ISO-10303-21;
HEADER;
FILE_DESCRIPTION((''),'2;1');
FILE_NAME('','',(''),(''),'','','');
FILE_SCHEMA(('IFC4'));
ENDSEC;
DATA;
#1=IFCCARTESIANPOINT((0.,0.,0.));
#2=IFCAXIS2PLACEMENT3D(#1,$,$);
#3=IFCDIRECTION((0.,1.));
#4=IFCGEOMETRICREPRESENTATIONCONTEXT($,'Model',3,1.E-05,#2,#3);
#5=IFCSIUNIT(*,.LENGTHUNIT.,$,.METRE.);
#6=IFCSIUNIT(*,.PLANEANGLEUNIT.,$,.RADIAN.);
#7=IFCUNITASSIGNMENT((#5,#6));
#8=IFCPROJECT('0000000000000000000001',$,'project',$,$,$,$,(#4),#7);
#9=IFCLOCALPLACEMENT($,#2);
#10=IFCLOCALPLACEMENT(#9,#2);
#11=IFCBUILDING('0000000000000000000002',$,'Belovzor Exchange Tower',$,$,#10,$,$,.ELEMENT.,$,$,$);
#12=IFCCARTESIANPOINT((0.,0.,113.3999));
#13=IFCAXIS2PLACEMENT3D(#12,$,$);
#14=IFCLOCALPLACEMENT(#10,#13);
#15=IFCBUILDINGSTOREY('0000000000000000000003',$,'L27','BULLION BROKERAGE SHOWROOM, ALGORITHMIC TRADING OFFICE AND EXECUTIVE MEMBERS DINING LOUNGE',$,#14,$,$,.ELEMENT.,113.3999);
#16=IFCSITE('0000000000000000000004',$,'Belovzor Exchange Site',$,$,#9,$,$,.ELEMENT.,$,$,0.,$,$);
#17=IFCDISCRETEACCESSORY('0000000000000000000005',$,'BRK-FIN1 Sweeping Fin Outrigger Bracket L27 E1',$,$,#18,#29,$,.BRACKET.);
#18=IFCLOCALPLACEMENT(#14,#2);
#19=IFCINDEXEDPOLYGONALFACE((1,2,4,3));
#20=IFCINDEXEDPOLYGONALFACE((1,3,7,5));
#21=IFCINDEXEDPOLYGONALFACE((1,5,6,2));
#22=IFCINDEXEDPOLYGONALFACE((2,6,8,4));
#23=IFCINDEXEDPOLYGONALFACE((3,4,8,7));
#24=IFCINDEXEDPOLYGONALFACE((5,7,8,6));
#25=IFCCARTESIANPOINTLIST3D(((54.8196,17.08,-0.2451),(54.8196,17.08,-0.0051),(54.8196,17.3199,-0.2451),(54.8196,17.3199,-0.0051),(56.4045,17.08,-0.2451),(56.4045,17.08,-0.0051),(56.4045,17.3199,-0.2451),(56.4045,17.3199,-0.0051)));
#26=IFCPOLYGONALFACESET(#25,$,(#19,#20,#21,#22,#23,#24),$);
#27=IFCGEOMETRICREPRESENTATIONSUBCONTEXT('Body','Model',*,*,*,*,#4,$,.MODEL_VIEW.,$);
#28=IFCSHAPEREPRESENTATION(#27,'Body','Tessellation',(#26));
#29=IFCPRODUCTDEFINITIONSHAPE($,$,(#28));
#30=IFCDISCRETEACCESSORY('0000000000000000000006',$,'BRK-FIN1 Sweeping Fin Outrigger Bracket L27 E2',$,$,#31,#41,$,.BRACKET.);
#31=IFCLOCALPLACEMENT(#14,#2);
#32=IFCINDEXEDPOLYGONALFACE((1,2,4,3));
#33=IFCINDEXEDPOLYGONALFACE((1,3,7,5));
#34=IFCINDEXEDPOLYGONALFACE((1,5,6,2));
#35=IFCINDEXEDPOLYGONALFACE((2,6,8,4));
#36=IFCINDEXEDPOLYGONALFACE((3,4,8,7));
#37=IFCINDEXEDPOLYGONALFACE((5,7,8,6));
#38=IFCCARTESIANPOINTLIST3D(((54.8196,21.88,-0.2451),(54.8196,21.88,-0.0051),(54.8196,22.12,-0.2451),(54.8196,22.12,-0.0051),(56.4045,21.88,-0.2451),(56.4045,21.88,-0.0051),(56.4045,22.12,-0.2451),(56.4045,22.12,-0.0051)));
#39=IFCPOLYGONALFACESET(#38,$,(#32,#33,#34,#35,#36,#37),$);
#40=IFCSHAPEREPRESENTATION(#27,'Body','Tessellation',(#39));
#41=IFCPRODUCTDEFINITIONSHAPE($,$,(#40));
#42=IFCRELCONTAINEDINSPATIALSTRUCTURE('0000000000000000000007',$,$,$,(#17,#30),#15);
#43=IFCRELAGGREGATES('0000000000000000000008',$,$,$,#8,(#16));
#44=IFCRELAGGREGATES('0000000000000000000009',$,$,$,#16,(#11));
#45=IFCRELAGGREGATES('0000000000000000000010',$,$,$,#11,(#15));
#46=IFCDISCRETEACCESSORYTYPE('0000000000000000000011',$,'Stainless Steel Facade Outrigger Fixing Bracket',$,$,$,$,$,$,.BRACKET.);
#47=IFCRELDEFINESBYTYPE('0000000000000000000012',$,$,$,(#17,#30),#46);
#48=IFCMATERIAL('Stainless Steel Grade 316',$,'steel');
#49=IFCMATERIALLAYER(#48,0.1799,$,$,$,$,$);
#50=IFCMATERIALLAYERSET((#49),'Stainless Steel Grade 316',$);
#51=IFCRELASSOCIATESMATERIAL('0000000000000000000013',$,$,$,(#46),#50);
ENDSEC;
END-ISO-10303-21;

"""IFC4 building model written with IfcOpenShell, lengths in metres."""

from ifc_helpers import new_model, si_unit, direction, frame, origin, origin_2d, place, context, subcontext, project, spatial, rectangle, extrude, material, layer, layer_set, type_object, element, save


model = new_model("IFC4")

# Units and contexts
model_context = context("Model", 3, precision=1e-05, world=origin(), true_north=direction((0.0, 1.0)))
body_context = subcontext(model_context, "Body", "Model", "MODEL_VIEW")
ifc_project = project(units=[si_unit("LENGTHUNIT", "METRE"), si_unit("PLANEANGLEUNIT", "RADIAN")], contexts=[model_context])

# Site, building, storey
site_placement = place(None, origin())
site = spatial("IfcSite", under=ifc_project, at=site_placement, Name="Belovzor Exchange Site", CompositionType="ELEMENT", RefElevation=0.0)
building_placement = place(site_placement, origin())
building = spatial("IfcBuilding", under=site, at=building_placement, Name="Belovzor Exchange Tower", CompositionType="ELEMENT")
storey_placement = place(building_placement, frame((0.0, 0.0, 113.3999)))
storey = spatial("IfcBuildingStorey", under=building, at=storey_placement, Name="L27", Description="BULLION BROKERAGE SHOWROOM, ALGORITHMIC TRADING OFFICE AND EXECUTIVE MEMBERS DINING LOUNGE", CompositionType="ELEMENT", Elevation=113.3999)

# Discrete accessories
ifc_material_1 = material(Name="Stainless Steel Grade 316", Category="steel")
ifc_layer_1 = layer(ifc_material_1, 0.1799)
ifc_layer_set_1 = layer_set([ifc_layer_1], Name="Stainless Steel Grade 316")
discrete_accessory_type = type_object("IfcDiscreteAccessoryType", Name="Stainless Steel Facade Outrigger Fixing Bracket", PredefinedType="BRACKET", material=ifc_layer_set_1)
for number, where, z_axis, x_axis, name in (
    (1, (55.6121, 17.2, -0.2451), (0.0, 0.0, 1.0), (1.0, 0.0, 0.0), "BRK-FIN1 Sweeping Fin Outrigger Bracket L27 E1"),
    (2, (55.6121, 22.0, -0.2451), (0.0, 0.0, 1.0), (1.0, 0.0, 0.0), "BRK-FIN1 Sweeping Fin Outrigger Bracket L27 E2"),
):
    element("IfcDiscreteAccessory", number, at=place(storey_placement, frame(where, z_axis=z_axis, x_axis=x_axis)), inside=storey, type_object=discrete_accessory_type, Name=name, PredefinedType="BRACKET", context=body_context, shape_type="SweptSolid", body=[
        extrude(rectangle(XDim=1.585, YDim=0.24, at=origin_2d()), origin(), (0.0, 0.0, 1.0), 0.24),
    ])

save(model, "model.ifc")
